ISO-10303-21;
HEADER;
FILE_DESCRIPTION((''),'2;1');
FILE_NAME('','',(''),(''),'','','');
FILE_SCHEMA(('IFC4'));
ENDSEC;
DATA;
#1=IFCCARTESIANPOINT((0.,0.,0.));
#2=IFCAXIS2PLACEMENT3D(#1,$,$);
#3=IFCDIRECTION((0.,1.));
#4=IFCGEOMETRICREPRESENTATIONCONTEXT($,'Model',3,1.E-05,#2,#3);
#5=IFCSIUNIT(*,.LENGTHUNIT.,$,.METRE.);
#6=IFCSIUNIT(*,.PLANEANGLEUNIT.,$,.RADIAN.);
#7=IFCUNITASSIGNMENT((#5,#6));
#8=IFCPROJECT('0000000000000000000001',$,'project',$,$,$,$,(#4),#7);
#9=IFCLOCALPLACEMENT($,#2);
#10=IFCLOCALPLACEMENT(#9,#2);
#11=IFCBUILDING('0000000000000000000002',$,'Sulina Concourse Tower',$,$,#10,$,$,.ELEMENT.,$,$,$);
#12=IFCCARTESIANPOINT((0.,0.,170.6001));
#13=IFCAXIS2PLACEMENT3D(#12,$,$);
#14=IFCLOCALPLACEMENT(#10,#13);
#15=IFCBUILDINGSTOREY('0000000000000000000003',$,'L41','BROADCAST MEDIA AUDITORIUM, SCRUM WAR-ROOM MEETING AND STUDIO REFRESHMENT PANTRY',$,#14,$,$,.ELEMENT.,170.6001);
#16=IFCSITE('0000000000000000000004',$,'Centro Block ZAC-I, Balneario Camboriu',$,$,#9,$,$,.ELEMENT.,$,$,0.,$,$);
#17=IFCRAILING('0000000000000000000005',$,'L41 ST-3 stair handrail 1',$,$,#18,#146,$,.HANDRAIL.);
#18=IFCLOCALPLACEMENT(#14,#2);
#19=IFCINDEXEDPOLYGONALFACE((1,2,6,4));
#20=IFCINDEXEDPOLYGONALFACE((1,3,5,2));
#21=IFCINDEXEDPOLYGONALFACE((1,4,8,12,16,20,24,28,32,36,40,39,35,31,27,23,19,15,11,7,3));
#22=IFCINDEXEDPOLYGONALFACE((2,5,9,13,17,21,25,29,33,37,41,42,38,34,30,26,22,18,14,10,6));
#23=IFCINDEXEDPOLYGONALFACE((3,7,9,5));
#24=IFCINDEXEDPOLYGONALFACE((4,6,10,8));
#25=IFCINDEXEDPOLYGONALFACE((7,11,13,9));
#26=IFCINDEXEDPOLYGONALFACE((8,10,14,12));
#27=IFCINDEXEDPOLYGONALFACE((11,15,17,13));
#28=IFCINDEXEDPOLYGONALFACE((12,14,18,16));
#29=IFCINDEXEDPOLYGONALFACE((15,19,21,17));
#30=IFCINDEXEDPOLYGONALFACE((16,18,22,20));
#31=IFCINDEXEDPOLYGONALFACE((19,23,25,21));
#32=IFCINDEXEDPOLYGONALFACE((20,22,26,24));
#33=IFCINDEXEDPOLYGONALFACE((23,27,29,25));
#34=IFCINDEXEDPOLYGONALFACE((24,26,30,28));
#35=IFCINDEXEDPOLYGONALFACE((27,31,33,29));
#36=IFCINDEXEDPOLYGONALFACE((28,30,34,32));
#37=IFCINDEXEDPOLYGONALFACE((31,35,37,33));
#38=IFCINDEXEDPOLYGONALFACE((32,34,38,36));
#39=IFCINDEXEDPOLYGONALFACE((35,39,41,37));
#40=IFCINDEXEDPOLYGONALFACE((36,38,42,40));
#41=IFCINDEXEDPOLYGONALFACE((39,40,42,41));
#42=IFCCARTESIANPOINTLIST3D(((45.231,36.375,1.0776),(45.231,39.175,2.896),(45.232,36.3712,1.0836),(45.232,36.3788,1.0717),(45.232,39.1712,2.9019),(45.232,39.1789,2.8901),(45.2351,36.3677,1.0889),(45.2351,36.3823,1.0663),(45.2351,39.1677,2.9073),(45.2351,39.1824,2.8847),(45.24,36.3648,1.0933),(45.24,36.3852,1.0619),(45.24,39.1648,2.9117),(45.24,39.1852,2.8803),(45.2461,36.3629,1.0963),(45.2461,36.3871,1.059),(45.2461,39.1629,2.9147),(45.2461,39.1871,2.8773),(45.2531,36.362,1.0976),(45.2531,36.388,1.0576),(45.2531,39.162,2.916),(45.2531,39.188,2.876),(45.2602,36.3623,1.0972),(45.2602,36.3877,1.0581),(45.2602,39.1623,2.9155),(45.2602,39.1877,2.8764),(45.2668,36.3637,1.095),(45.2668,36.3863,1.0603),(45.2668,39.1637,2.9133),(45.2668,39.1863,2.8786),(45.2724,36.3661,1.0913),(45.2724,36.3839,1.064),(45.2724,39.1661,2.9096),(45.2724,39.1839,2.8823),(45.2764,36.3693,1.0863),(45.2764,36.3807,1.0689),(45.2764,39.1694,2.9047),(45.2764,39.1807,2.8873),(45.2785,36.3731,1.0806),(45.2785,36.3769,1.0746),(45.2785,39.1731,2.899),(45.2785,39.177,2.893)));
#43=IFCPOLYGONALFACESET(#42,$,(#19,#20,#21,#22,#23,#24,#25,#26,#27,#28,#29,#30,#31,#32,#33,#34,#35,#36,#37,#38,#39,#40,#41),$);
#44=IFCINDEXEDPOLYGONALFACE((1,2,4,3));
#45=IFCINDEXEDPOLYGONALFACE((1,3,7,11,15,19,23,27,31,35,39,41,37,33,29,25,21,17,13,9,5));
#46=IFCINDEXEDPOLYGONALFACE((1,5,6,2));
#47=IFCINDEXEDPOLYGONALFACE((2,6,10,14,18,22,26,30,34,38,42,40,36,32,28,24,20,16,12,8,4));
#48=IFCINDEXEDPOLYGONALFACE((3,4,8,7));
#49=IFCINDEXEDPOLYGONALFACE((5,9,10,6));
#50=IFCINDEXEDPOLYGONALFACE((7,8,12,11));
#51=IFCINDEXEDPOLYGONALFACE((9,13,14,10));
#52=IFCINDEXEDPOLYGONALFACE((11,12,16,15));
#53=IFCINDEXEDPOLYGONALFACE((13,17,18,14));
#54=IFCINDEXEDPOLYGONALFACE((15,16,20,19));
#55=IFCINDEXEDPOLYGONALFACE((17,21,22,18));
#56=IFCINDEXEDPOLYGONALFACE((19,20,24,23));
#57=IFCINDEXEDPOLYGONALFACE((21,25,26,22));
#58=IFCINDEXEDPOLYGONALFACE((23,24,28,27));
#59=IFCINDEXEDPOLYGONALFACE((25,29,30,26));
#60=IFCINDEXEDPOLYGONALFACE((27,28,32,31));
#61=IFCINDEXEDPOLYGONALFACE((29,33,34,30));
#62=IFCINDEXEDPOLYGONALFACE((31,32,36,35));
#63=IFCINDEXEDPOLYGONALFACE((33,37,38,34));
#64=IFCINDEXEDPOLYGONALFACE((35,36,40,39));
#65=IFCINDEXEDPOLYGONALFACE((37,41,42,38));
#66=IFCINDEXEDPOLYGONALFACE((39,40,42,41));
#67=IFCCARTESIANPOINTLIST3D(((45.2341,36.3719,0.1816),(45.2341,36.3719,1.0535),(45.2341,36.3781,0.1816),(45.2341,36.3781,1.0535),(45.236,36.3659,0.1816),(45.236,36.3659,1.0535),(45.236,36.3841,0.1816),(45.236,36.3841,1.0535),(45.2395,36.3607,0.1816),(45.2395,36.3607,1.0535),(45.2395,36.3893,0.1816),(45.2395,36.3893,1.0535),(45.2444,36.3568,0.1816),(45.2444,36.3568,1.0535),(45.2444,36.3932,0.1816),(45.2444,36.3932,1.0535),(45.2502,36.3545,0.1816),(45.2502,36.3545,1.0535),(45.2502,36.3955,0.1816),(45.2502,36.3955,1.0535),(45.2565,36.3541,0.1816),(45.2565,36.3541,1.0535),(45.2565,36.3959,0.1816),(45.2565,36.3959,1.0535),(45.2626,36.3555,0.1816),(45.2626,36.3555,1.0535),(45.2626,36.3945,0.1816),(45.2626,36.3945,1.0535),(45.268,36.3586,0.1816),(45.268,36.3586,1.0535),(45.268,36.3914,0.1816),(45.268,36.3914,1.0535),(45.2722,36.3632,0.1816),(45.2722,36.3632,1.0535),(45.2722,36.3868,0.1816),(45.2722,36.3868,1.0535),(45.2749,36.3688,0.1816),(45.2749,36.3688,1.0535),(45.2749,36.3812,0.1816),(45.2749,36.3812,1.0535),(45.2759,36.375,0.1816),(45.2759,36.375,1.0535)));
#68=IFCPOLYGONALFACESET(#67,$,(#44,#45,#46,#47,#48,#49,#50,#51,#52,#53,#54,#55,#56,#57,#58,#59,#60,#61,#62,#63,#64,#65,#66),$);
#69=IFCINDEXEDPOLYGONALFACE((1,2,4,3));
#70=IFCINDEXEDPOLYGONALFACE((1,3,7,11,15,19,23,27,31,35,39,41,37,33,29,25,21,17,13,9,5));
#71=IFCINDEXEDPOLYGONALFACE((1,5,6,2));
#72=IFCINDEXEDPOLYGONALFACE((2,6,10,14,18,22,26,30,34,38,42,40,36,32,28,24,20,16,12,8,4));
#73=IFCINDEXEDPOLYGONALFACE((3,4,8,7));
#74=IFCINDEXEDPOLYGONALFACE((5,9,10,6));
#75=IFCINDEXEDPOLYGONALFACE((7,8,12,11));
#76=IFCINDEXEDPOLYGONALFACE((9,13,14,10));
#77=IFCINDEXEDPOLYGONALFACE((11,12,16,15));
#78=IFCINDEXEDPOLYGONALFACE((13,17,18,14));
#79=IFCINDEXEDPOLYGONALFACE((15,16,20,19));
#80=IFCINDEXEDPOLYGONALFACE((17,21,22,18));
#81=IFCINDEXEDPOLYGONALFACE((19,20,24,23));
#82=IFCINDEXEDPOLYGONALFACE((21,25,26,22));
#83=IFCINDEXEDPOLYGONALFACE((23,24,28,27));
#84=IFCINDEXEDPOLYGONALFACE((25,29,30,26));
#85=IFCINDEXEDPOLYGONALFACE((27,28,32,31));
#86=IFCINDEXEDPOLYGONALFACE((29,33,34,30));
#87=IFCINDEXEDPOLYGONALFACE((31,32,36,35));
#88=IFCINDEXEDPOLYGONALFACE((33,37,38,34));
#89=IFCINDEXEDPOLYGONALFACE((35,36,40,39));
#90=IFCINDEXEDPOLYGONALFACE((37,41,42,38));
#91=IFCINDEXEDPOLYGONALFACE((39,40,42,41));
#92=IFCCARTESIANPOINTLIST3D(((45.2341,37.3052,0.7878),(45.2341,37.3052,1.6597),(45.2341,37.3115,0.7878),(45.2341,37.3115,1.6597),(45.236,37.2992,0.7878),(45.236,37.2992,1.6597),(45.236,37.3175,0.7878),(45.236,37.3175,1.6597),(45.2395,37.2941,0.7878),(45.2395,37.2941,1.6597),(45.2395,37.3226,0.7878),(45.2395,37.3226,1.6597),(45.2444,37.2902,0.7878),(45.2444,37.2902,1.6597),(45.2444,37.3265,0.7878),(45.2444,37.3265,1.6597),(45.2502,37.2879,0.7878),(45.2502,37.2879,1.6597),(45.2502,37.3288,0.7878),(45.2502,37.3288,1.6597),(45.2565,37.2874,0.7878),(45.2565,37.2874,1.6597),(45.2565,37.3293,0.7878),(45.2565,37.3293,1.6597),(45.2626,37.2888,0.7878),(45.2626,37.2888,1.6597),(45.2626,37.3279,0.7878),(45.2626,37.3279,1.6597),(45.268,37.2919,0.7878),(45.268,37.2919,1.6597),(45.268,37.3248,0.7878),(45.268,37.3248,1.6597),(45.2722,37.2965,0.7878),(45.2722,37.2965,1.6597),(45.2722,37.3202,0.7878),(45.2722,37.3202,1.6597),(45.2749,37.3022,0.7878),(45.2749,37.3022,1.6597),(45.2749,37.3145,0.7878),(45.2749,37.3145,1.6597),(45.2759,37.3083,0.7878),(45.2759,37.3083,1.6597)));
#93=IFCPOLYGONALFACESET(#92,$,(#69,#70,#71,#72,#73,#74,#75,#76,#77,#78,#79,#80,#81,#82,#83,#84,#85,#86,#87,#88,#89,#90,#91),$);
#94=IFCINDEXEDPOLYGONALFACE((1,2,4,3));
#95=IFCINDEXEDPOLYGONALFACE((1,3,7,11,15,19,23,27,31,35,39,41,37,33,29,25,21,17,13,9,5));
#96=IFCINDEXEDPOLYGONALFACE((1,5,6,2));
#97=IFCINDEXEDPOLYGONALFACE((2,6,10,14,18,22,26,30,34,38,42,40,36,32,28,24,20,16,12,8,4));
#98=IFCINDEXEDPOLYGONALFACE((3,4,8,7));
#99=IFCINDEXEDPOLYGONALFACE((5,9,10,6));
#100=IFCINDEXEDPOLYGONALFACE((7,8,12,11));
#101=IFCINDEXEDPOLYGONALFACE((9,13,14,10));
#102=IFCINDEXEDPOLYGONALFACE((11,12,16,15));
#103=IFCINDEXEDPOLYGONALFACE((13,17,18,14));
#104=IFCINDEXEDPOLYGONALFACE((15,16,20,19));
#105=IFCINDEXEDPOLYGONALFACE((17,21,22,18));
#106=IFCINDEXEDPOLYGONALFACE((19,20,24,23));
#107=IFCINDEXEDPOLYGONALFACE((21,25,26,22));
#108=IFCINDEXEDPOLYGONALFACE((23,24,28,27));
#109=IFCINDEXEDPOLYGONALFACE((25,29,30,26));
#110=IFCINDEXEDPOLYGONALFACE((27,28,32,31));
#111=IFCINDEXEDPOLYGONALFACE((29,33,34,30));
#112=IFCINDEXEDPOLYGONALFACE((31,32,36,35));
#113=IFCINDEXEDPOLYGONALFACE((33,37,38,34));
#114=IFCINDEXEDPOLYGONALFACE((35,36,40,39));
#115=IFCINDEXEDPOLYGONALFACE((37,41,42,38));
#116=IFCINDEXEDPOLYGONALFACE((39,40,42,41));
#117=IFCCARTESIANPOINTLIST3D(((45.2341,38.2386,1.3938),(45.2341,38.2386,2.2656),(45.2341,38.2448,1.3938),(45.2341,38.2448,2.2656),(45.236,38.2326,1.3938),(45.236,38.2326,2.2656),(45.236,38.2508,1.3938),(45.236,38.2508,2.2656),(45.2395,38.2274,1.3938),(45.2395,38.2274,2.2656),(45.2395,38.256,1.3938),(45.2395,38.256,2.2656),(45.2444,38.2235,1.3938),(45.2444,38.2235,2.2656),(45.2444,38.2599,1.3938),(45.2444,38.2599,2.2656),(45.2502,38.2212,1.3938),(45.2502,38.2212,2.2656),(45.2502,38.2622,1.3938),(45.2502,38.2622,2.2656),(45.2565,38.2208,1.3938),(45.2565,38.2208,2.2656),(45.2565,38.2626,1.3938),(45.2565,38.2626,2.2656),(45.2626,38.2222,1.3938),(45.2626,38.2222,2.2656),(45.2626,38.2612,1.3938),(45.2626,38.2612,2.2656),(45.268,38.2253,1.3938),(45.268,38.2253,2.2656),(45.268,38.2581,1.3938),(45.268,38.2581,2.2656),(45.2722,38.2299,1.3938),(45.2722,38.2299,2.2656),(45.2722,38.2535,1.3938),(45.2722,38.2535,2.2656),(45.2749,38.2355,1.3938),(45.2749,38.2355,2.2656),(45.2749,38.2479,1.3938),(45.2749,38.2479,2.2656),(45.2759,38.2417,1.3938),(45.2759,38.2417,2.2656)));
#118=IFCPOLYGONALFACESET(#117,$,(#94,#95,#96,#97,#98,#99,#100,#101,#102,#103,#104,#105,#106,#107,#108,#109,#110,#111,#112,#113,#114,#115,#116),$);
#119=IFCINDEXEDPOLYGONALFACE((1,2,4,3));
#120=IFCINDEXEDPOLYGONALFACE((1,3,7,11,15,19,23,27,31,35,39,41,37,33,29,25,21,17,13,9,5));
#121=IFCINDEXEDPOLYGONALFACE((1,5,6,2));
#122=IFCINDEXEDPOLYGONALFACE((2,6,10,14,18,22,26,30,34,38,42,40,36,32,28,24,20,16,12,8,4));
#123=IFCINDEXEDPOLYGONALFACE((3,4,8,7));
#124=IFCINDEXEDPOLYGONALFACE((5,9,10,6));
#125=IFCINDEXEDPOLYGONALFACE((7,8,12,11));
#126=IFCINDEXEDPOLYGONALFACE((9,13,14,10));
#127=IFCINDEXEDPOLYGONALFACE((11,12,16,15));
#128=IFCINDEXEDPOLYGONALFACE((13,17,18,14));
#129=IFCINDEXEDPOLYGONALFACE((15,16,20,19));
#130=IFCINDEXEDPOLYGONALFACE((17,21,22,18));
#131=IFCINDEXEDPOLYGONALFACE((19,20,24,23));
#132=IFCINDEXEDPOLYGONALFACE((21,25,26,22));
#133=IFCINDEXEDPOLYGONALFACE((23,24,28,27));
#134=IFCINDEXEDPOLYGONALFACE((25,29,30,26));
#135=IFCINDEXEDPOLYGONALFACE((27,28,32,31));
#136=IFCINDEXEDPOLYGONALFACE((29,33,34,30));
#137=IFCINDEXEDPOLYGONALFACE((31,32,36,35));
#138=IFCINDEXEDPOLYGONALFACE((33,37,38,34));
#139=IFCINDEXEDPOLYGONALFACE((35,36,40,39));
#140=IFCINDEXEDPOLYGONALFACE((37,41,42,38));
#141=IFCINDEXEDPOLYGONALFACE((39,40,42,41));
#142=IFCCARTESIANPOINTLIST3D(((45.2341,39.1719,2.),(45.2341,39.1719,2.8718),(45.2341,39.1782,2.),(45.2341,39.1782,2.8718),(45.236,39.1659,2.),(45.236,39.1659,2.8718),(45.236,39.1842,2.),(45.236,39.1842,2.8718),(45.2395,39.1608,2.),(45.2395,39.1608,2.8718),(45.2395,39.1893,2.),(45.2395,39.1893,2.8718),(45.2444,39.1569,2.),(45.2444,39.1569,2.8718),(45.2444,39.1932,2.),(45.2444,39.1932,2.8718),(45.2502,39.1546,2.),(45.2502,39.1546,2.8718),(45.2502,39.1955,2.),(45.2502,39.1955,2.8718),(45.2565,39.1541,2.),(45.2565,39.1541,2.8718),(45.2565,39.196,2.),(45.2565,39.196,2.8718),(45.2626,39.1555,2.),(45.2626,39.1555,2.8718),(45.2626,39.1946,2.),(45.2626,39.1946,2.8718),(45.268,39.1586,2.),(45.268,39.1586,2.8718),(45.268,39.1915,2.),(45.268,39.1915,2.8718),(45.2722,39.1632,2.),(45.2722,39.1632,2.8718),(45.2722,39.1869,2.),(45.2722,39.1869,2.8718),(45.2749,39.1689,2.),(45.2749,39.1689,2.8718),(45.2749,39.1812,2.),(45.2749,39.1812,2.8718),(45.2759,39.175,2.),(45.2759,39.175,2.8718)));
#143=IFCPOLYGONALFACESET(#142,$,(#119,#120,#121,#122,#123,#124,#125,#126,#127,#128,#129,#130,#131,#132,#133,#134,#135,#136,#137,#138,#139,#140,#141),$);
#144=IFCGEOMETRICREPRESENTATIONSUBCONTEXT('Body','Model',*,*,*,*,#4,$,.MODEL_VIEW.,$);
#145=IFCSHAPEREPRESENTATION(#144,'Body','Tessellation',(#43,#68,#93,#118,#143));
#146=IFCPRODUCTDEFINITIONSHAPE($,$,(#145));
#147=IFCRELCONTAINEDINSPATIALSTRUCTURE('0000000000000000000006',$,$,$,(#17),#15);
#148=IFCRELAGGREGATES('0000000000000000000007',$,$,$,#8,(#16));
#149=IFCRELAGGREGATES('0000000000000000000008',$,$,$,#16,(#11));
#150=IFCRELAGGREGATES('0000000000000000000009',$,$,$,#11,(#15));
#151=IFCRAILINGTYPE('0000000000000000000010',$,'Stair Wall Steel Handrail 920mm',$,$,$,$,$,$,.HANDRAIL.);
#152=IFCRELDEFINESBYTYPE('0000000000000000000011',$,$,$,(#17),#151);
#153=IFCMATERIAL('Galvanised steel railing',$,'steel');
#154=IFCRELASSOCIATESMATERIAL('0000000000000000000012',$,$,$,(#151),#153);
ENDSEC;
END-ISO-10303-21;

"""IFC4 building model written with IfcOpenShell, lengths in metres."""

from ifc_helpers import new_model, si_unit, direction, frame, origin, origin_2d, place, context, subcontext, project, spatial, circle, extrude, material, type_object, element, save


model = new_model("IFC4")

# Units and contexts
model_context = context("Model", 3, precision=1e-05, world=origin(), true_north=direction((0.0, 1.0)))
body_context = subcontext(model_context, "Body", "Model", "MODEL_VIEW")
ifc_project = project(units=[si_unit("LENGTHUNIT", "METRE"), si_unit("PLANEANGLEUNIT", "RADIAN")], contexts=[model_context])

# Site, building, storey
site_placement = place(None, origin())
site = spatial("IfcSite", under=ifc_project, at=site_placement, Name="Centro Block ZAC-I, Balneario Camboriu", CompositionType="ELEMENT", RefElevation=0.0)
building_placement = place(site_placement, origin())
building = spatial("IfcBuilding", under=site, at=building_placement, Name="Sulina Concourse Tower", CompositionType="ELEMENT")
storey_placement = place(building_placement, frame((0.0, 0.0, 170.6001)))
storey = spatial("IfcBuildingStorey", under=building, at=storey_placement, Name="L41", Description="BROADCAST MEDIA AUDITORIUM, SCRUM WAR-ROOM MEETING AND STUDIO REFRESHMENT PANTRY", CompositionType="ELEMENT", Elevation=170.6001)

# Railing
ifc_material_1 = material(Name="Galvanised steel railing", Category="steel")
railing_type_1 = type_object("IfcRailingType", Name="Stair Wall Steel Handrail 920mm", PredefinedType="HANDRAIL", material=ifc_material_1)
railing_1_placement = place(storey_placement, frame((45.2549, 36.375, 0.1816)))
element("IfcRailing", 1, at=railing_1_placement, inside=storey, type_object=railing_type_1, Name="L41 ST-3 stair handrail 1", PredefinedType="HANDRAIL", context=body_context, shape_type="SweptSolid", body=[
    extrude(circle(Radius=0.0239, at=origin_2d()), frame((0.0, 0.0, 0.896), z_axis=(0.0, 0.838672, 0.544636), x_axis=(-1.0, 0.0, 0.0)), (0.0, 0.0, 1.0), 3.3386),
    extrude(circle(Radius=0.021, at=origin_2d()), origin(), (0.0, 0.0, 1.0), 0.8718),
    extrude(circle(Radius=0.021, at=origin_2d()), frame((0.0, 0.9333, 0.6062)), (0.0, 0.0, 1.0), 0.8718),
    extrude(circle(Radius=0.021, at=origin_2d()), frame((0.0, 1.8667, 1.2122)), (0.0, 0.0, 1.0), 0.8718),
    extrude(circle(Radius=0.021, at=origin_2d()), frame((0.0, 2.8, 1.8184)), (0.0, 0.0, 1.0), 0.8718),
])

save(model, "model.ifc")
